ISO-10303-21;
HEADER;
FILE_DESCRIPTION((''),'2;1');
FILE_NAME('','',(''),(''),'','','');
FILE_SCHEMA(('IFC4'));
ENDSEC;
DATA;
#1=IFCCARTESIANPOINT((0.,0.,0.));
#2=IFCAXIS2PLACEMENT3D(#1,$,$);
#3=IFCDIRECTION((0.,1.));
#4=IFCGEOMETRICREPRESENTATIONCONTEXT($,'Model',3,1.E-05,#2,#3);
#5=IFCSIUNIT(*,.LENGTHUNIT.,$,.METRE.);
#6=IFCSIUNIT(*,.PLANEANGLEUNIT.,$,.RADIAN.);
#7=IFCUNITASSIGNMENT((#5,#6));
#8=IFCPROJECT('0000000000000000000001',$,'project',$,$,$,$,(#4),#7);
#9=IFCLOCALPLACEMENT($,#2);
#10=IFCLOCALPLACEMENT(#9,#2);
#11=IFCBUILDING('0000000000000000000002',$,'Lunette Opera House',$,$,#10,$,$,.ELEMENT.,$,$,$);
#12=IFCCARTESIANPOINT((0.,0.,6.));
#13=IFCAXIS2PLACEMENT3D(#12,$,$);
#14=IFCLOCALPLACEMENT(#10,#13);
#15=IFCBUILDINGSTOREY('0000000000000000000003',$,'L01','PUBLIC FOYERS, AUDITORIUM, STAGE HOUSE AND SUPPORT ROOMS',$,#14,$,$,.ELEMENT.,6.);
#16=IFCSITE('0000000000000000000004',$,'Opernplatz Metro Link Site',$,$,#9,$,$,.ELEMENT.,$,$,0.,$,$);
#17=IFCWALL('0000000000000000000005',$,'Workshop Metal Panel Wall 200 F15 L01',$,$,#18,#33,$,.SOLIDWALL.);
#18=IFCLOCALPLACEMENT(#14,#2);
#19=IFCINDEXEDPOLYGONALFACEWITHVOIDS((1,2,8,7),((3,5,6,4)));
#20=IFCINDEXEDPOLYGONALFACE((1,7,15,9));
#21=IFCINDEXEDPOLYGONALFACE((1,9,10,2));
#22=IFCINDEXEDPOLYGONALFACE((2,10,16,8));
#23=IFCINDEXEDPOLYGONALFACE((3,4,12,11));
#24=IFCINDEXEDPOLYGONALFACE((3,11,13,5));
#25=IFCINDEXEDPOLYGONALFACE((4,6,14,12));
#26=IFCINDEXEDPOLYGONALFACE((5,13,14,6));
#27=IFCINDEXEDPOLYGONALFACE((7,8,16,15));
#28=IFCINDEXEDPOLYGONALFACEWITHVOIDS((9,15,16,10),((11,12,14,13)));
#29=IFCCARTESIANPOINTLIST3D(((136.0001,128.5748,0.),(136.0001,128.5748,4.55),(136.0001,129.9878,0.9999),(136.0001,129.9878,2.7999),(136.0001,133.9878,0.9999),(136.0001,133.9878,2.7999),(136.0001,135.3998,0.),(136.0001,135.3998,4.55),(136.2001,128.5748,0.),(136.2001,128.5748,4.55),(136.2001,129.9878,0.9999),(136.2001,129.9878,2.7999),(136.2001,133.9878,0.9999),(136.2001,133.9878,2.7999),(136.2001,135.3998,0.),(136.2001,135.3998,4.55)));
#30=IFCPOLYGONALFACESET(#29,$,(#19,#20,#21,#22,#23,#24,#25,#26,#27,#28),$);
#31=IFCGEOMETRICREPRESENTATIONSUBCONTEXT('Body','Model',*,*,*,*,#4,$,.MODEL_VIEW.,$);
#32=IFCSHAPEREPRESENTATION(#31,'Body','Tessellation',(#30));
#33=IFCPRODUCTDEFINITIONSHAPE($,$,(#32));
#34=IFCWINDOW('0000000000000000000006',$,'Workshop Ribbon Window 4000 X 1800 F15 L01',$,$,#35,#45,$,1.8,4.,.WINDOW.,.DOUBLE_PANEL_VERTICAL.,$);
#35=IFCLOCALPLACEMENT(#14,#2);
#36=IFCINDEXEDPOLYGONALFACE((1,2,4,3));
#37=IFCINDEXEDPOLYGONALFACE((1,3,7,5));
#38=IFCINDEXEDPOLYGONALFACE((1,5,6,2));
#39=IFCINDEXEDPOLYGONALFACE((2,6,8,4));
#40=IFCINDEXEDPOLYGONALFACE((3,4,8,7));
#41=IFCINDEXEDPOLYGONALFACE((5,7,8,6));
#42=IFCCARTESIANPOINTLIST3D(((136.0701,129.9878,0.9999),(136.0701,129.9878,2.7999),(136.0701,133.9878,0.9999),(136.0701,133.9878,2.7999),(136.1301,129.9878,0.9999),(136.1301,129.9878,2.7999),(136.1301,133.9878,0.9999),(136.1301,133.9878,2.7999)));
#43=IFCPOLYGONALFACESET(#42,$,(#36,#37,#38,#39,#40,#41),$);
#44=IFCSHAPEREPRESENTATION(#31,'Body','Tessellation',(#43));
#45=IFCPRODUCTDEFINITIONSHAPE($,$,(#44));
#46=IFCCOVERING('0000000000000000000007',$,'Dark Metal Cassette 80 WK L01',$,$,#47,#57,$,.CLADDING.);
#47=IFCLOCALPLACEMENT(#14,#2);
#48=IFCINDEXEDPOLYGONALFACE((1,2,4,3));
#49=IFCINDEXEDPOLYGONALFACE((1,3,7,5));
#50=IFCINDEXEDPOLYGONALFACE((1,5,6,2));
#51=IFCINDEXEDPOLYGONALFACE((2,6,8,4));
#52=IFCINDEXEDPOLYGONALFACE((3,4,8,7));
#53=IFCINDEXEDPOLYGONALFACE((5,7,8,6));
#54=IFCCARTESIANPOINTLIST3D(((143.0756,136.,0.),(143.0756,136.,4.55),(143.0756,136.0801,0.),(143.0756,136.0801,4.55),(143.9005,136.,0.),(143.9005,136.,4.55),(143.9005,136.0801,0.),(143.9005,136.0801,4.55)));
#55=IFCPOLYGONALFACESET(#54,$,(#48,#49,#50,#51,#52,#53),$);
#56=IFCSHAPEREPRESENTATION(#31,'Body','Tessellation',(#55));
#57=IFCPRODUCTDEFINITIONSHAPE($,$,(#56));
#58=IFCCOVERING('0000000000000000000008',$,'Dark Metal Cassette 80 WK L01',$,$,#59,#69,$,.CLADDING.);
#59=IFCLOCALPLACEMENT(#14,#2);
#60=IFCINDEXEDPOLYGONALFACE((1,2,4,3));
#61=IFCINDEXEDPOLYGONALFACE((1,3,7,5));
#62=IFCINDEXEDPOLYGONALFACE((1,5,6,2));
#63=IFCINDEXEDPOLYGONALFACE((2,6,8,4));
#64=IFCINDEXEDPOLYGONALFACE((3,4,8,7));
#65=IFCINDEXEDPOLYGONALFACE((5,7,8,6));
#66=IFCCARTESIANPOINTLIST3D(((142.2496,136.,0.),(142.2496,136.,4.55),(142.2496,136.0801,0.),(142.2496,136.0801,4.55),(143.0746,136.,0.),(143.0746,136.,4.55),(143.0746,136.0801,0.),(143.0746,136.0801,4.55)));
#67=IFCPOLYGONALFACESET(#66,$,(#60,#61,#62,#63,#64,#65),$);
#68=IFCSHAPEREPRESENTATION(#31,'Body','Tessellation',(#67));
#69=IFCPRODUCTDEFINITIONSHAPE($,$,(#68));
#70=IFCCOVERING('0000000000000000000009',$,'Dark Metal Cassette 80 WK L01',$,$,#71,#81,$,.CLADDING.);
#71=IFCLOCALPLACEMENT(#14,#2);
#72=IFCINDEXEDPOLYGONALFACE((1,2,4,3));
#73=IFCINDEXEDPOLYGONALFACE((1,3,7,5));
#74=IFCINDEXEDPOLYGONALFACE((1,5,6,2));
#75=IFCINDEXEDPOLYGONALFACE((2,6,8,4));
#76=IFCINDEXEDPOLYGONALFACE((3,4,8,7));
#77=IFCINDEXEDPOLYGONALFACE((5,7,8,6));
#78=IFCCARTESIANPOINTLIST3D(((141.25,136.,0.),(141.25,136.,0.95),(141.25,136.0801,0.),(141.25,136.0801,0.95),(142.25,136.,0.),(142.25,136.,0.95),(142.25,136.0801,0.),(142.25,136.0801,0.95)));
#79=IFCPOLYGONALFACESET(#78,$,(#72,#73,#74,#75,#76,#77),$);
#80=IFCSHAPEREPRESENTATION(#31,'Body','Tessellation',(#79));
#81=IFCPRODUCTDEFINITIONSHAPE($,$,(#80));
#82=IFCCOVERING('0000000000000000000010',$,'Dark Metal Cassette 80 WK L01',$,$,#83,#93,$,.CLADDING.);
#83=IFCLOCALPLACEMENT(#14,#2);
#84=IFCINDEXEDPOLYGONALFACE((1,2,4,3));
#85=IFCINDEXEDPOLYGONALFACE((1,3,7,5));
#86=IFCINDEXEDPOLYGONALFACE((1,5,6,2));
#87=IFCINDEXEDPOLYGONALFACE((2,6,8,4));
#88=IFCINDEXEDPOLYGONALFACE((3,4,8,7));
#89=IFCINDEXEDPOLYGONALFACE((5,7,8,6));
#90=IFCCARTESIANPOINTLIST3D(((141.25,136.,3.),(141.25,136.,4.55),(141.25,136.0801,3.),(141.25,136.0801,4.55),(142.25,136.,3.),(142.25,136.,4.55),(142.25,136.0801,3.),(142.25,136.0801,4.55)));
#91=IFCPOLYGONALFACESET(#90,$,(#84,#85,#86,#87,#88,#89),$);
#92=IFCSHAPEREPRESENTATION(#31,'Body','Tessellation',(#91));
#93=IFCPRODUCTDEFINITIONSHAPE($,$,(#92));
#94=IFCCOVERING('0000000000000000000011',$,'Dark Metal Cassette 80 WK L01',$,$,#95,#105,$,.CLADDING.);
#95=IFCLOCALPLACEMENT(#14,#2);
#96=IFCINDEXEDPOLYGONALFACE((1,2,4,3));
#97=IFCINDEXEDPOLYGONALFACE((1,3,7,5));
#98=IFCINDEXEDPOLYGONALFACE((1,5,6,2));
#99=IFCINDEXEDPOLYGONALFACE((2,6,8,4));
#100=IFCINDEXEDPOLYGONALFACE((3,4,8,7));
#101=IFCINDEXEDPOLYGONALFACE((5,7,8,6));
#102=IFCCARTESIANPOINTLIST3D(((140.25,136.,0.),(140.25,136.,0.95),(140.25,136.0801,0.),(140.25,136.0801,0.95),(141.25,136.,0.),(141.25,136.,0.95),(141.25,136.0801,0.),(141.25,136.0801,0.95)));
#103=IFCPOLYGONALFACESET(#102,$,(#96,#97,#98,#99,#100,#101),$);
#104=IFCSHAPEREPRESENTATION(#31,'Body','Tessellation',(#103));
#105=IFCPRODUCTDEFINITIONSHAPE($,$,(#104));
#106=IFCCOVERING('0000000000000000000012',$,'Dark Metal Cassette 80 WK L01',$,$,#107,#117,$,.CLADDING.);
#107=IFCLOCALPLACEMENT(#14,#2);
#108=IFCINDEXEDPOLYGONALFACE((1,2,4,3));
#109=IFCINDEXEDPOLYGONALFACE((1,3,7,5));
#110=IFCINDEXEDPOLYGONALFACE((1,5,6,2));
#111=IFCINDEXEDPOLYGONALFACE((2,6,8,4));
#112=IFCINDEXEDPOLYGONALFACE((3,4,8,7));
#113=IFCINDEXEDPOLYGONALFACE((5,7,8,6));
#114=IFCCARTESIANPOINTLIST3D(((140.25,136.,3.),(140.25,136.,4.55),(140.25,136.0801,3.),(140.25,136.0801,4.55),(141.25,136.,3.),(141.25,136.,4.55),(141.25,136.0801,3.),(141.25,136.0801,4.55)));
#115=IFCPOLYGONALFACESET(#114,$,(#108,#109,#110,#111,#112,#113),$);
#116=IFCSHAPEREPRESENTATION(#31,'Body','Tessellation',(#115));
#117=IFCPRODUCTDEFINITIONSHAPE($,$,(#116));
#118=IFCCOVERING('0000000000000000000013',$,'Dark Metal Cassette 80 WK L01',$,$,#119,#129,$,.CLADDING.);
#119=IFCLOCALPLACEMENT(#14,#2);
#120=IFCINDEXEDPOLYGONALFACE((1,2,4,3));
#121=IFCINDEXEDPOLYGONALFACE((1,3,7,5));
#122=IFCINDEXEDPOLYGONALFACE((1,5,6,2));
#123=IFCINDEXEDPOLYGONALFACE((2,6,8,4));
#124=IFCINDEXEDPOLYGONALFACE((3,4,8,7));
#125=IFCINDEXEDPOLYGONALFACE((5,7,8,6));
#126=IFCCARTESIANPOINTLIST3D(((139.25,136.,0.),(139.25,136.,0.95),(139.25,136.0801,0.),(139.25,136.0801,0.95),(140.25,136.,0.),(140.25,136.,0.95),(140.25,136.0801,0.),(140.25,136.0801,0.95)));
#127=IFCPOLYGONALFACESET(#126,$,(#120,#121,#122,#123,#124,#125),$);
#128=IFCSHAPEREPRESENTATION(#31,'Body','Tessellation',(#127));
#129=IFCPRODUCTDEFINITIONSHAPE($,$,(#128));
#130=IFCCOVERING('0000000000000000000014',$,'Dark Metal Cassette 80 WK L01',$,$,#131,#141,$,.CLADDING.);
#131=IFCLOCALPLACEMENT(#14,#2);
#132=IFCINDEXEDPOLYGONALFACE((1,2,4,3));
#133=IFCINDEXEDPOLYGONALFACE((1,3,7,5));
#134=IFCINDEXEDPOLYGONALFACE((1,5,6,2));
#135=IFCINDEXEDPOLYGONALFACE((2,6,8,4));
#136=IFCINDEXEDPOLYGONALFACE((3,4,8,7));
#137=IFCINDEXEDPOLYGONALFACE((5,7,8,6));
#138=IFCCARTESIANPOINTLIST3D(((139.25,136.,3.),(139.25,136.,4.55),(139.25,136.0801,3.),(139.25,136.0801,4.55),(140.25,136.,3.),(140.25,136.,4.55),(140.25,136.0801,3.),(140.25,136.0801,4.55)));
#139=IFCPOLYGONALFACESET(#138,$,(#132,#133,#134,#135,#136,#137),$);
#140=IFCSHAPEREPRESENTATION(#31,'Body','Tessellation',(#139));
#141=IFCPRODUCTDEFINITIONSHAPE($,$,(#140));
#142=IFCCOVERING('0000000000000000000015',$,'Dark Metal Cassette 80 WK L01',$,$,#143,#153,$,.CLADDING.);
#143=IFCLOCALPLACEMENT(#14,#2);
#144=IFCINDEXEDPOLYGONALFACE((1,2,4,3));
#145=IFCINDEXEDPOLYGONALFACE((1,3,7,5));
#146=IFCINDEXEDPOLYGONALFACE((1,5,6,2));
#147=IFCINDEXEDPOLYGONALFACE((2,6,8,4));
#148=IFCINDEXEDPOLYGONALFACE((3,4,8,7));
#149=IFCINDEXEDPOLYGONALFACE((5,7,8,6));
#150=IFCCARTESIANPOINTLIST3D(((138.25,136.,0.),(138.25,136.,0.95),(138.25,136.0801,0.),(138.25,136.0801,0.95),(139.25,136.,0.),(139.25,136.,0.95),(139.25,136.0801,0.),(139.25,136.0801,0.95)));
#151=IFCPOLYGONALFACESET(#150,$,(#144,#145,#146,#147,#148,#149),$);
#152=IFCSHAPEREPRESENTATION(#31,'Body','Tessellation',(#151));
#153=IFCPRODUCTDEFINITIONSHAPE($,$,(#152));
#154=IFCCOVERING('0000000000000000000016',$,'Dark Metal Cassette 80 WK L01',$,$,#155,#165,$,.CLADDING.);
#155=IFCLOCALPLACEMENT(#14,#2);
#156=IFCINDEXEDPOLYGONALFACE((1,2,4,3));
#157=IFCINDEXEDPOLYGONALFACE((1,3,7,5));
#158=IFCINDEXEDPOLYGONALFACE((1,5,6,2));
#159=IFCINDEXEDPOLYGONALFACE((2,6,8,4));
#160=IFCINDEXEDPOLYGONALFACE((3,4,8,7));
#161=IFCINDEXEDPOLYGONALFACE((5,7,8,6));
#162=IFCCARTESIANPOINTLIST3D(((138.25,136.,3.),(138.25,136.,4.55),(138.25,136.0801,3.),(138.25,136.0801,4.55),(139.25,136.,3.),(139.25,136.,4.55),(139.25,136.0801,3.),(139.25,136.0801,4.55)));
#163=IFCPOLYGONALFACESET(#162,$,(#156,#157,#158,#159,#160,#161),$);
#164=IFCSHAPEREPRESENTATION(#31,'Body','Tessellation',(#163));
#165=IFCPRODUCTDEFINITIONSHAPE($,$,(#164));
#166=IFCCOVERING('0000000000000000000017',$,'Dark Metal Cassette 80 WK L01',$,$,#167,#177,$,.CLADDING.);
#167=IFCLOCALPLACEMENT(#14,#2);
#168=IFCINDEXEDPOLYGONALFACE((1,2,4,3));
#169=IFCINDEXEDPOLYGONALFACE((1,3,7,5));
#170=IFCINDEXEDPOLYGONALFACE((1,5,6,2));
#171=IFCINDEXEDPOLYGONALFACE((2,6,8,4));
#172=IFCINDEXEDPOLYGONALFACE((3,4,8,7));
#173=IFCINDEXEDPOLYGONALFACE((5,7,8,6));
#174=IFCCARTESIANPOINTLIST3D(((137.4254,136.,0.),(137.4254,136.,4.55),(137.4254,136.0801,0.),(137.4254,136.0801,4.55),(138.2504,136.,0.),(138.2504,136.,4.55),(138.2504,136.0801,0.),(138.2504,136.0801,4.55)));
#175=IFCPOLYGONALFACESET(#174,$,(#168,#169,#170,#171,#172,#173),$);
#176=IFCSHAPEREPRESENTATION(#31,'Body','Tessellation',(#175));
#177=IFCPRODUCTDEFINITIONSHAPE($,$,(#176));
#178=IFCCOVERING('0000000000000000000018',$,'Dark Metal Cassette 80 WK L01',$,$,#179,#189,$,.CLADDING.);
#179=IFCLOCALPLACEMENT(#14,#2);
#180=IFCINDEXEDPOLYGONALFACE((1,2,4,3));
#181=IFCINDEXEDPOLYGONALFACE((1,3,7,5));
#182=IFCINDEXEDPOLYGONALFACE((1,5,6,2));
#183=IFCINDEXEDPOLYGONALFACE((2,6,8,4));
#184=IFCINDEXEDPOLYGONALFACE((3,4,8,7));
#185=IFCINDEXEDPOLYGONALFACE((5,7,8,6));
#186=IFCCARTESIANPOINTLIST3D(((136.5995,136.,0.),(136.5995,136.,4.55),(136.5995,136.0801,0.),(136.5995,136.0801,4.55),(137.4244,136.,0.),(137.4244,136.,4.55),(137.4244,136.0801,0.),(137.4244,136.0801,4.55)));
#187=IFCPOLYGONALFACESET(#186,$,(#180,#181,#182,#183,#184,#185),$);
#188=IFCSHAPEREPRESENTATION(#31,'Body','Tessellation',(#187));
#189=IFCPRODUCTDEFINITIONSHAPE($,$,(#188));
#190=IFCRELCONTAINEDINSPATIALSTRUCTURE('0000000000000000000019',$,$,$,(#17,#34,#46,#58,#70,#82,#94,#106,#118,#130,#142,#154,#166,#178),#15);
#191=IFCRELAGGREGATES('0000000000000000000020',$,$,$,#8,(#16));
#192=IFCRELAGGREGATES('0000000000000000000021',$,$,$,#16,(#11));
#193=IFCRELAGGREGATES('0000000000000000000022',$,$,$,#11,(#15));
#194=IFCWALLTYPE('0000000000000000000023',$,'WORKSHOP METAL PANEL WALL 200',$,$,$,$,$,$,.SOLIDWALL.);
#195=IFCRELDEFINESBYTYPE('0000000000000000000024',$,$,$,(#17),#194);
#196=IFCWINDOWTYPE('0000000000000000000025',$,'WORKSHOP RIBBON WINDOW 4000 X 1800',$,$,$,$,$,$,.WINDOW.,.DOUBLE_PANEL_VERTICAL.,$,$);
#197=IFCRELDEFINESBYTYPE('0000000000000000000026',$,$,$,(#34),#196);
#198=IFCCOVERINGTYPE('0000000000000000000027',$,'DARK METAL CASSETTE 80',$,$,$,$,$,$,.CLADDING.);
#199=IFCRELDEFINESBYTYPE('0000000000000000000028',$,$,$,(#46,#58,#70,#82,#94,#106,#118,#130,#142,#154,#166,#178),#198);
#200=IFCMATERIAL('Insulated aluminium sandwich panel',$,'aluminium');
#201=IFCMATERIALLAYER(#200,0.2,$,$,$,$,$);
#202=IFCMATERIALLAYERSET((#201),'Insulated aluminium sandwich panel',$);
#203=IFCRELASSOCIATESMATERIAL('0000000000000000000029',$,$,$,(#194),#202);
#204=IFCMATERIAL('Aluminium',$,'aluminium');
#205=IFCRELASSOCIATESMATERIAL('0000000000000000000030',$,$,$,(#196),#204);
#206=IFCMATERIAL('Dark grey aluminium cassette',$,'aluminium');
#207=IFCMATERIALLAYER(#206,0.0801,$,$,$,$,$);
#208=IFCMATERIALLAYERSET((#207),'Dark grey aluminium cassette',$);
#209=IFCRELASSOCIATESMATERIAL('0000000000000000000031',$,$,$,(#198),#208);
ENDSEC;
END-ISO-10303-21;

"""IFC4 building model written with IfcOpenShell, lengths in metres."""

from ifc_helpers import new_model, si_unit, direction, frame, frame_2d, origin, origin_2d, place, context, subcontext, project, spatial, rectangle, extrude, material, layer, layer_set, type_object, element, fill, save


model = new_model("IFC4")

# Units and contexts
model_context = context("Model", 3, precision=1e-05, world=origin(), true_north=direction((0.0, 1.0)))
body_context = subcontext(model_context, "Body", "Model", "MODEL_VIEW")
ifc_project = project(units=[si_unit("LENGTHUNIT", "METRE"), si_unit("PLANEANGLEUNIT", "RADIAN")], contexts=[model_context])

# Site, building, storey
site_placement = place(None, origin())
site = spatial("IfcSite", under=ifc_project, at=site_placement, Name="Opernplatz Metro Link Site", CompositionType="ELEMENT", RefElevation=0.0)
building_placement = place(site_placement, origin())
building = spatial("IfcBuilding", under=site, at=building_placement, Name="Lunette Opera House", CompositionType="ELEMENT")
storey_placement = place(building_placement, frame((0.0, 0.0, 6.0)))
storey = spatial("IfcBuildingStorey", under=building, at=storey_placement, Name="L01", Description="PUBLIC FOYERS, AUDITORIUM, STAGE HOUSE AND SUPPORT ROOMS", CompositionType="ELEMENT", Elevation=6.0)

# Wall, opening, window
ifc_material_1 = material(Name="Insulated aluminium sandwich panel", Category="aluminium")
ifc_layer_1 = layer(ifc_material_1, 0.2)
ifc_layer_set_1 = layer_set([ifc_layer_1], Name="Insulated aluminium sandwich panel")
wall_type_1 = type_object("IfcWallType", Name="WORKSHOP METAL PANEL WALL 200", PredefinedType="SOLIDWALL", material=ifc_layer_set_1)
ifc_material_2 = material(Name="Aluminium", Category="aluminium")
window_type = type_object("IfcWindowType", Name="WORKSHOP RIBBON WINDOW 4000 X 1800", PartitioningType="DOUBLE_PANEL_VERTICAL", PredefinedType="WINDOW", material=ifc_material_2)
wall_1_placement = place(storey_placement, frame((136.1001, 135.3999, 0.0), z_axis=(0.0, 0.0, 1.0), x_axis=(0.0, -1.0, 0.0)))
wall_1 = element("IfcWall", 1, at=wall_1_placement, inside=storey, type_object=wall_type_1, Name="Workshop Metal Panel Wall 200 F15 L01", PredefinedType="SOLIDWALL", context=body_context, shape_type="SweptSolid", body=[
    extrude(rectangle(XDim=6.825, YDim=0.2, at=frame_2d((3.4126, 0.0))), origin(), (0.0, 0.0, 1.0), 4.55),
])
opening_1_placement = place(wall_1_placement, frame((1.4121, 0.0, 1.0)))
opening_1 = element("IfcOpeningElement", 2, at=opening_1_placement, cuts=wall_1, PredefinedType="OPENING", context=body_context, shape_type="SweptSolid", body=[
    extrude(rectangle(XDim=4.0, YDim=1.8, at=frame_2d((2.0, 0.8999))), frame((0.0, 0.1121, 0.0), z_axis=(0.0, -1.0, 0.0), x_axis=(1.0, 0.0, 0.0)), (0.0, 0.0, 1.0), 0.2239),
])
window_1_placement = place(opening_1_placement, origin())
window_1 = element("IfcWindow", 3, at=window_1_placement, inside=storey, type_object=window_type, Name="Workshop Ribbon Window 4000 X 1800 F15 L01", OverallHeight=1.8, OverallWidth=4.0, PartitioningType="DOUBLE_PANEL_VERTICAL", PredefinedType="WINDOW", context=body_context, shape_type="SweptSolid", body=[
    extrude(rectangle(XDim=4.0, YDim=1.8, at=frame_2d((2.0, 0.8999))), frame((0.0, 0.03, 0.0), z_axis=(0.0, -1.0, 0.0), x_axis=(1.0, 0.0, 0.0)), (0.0, 0.0, 1.0), 0.0601),
])
fill(opening_1, window_1)

# Coverings
ifc_material_3 = material(Name="Dark grey aluminium cassette", Category="aluminium")
ifc_layer_2 = layer(ifc_material_3, 0.0801)
ifc_layer_set_2 = layer_set([ifc_layer_2], Name="Dark grey aluminium cassette")
covering_type = type_object("IfcCoveringType", Name="DARK METAL CASSETTE 80", PredefinedType="CLADDING", material=ifc_layer_set_2)
for number, where, z_axis, x_axis, name in (
    (4, (143.488, 136.04, 0.0), (0.0, 0.0, 1.0), (-1.0, 0.0, 0.0), "Dark Metal Cassette 80 WK L01"),
    (5, (142.6621, 136.04, 0.0), (0.0, 0.0, 1.0), (-1.0, 0.0, 0.0), "Dark Metal Cassette 80 WK L01"),
):
    element("IfcCovering", number, at=place(storey_placement, frame(where, z_axis=z_axis, x_axis=x_axis)), inside=storey, type_object=covering_type, Name=name, PredefinedType="CLADDING", context=body_context, shape_type="SweptSolid", body=[
        extrude(rectangle(XDim=0.825, YDim=0.0801, at=origin_2d()), origin(), (0.0, 0.0, 1.0), 4.55),
    ])
covering_1_placement = place(storey_placement, frame((141.75, 136.04, 0.0), z_axis=(0.0, 0.0, 1.0), x_axis=(-1.0, 0.0, 0.0)))
element("IfcCovering", 6, at=covering_1_placement, inside=storey, type_object=covering_type, Name="Dark Metal Cassette 80 WK L01", PredefinedType="CLADDING", context=body_context, shape_type="SweptSolid", body=[
    extrude(rectangle(XDim=1.0, YDim=0.0801, at=origin_2d()), origin(), (0.0, 0.0, 1.0), 0.95),
])
covering_2_placement = place(storey_placement, frame((141.75, 136.04, 3.0), z_axis=(0.0, 0.0, 1.0), x_axis=(-1.0, 0.0, 0.0)))
element("IfcCovering", 7, at=covering_2_placement, inside=storey, type_object=covering_type, Name="Dark Metal Cassette 80 WK L01", PredefinedType="CLADDING", context=body_context, shape_type="SweptSolid", body=[
    extrude(rectangle(XDim=1.0, YDim=0.0801, at=origin_2d()), origin(), (0.0, 0.0, 1.0), 1.55),
])
covering_3_placement = place(storey_placement, frame((140.75, 136.04, 0.0), z_axis=(0.0, 0.0, 1.0), x_axis=(-1.0, 0.0, 0.0)))
element("IfcCovering", 8, at=covering_3_placement, inside=storey, type_object=covering_type, Name="Dark Metal Cassette 80 WK L01", PredefinedType="CLADDING", context=body_context, shape_type="SweptSolid", body=[
    extrude(rectangle(XDim=1.0, YDim=0.0801, at=origin_2d()), origin(), (0.0, 0.0, 1.0), 0.95),
])
covering_4_placement = place(storey_placement, frame((140.75, 136.04, 3.0), z_axis=(0.0, 0.0, 1.0), x_axis=(-1.0, 0.0, 0.0)))
element("IfcCovering", 9, at=covering_4_placement, inside=storey, type_object=covering_type, Name="Dark Metal Cassette 80 WK L01", PredefinedType="CLADDING", context=body_context, shape_type="SweptSolid", body=[
    extrude(rectangle(XDim=1.0, YDim=0.0801, at=origin_2d()), origin(), (0.0, 0.0, 1.0), 1.55),
])
covering_5_placement = place(storey_placement, frame((139.75, 136.04, 0.0), z_axis=(0.0, 0.0, 1.0), x_axis=(-1.0, 0.0, 0.0)))
element("IfcCovering", 10, at=covering_5_placement, inside=storey, type_object=covering_type, Name="Dark Metal Cassette 80 WK L01", PredefinedType="CLADDING", context=body_context, shape_type="SweptSolid", body=[
    extrude(rectangle(XDim=1.0, YDim=0.0801, at=origin_2d()), origin(), (0.0, 0.0, 1.0), 0.95),
])
covering_6_placement = place(storey_placement, frame((139.75, 136.04, 3.0), z_axis=(0.0, 0.0, 1.0), x_axis=(-1.0, 0.0, 0.0)))
element("IfcCovering", 11, at=covering_6_placement, inside=storey, type_object=covering_type, Name="Dark Metal Cassette 80 WK L01", PredefinedType="CLADDING", context=body_context, shape_type="SweptSolid", body=[
    extrude(rectangle(XDim=1.0, YDim=0.0801, at=origin_2d()), origin(), (0.0, 0.0, 1.0), 1.55),
])
covering_7_placement = place(storey_placement, frame((138.75, 136.04, 0.0), z_axis=(0.0, 0.0, 1.0), x_axis=(-1.0, 0.0, 0.0)))
element("IfcCovering", 12, at=covering_7_placement, inside=storey, type_object=covering_type, Name="Dark Metal Cassette 80 WK L01", PredefinedType="CLADDING", context=body_context, shape_type="SweptSolid", body=[
    extrude(rectangle(XDim=1.0, YDim=0.0801, at=origin_2d()), origin(), (0.0, 0.0, 1.0), 0.95),
])
covering_8_placement = place(storey_placement, frame((138.75, 136.04, 3.0), z_axis=(0.0, 0.0, 1.0), x_axis=(-1.0, 0.0, 0.0)))
element("IfcCovering", 13, at=covering_8_placement, inside=storey, type_object=covering_type, Name="Dark Metal Cassette 80 WK L01", PredefinedType="CLADDING", context=body_context, shape_type="SweptSolid", body=[
    extrude(rectangle(XDim=1.0, YDim=0.0801, at=origin_2d()), origin(), (0.0, 0.0, 1.0), 1.55),
])
for number, where, z_axis, x_axis, name in (
    (14, (137.8379, 136.04, 0.0), (0.0, 0.0, 1.0), (-1.0, 0.0, 0.0), "Dark Metal Cassette 80 WK L01"),
    (15, (137.012, 136.04, 0.0), (0.0, 0.0, 1.0), (-1.0, 0.0, 0.0), "Dark Metal Cassette 80 WK L01"),
):
    element("IfcCovering", number, at=place(storey_placement, frame(where, z_axis=z_axis, x_axis=x_axis)), inside=storey, type_object=covering_type, Name=name, PredefinedType="CLADDING", context=body_context, shape_type="SweptSolid", body=[
        extrude(rectangle(XDim=0.825, YDim=0.0801, at=origin_2d()), origin(), (0.0, 0.0, 1.0), 4.55),
    ])

save(model, "model.ifc")
